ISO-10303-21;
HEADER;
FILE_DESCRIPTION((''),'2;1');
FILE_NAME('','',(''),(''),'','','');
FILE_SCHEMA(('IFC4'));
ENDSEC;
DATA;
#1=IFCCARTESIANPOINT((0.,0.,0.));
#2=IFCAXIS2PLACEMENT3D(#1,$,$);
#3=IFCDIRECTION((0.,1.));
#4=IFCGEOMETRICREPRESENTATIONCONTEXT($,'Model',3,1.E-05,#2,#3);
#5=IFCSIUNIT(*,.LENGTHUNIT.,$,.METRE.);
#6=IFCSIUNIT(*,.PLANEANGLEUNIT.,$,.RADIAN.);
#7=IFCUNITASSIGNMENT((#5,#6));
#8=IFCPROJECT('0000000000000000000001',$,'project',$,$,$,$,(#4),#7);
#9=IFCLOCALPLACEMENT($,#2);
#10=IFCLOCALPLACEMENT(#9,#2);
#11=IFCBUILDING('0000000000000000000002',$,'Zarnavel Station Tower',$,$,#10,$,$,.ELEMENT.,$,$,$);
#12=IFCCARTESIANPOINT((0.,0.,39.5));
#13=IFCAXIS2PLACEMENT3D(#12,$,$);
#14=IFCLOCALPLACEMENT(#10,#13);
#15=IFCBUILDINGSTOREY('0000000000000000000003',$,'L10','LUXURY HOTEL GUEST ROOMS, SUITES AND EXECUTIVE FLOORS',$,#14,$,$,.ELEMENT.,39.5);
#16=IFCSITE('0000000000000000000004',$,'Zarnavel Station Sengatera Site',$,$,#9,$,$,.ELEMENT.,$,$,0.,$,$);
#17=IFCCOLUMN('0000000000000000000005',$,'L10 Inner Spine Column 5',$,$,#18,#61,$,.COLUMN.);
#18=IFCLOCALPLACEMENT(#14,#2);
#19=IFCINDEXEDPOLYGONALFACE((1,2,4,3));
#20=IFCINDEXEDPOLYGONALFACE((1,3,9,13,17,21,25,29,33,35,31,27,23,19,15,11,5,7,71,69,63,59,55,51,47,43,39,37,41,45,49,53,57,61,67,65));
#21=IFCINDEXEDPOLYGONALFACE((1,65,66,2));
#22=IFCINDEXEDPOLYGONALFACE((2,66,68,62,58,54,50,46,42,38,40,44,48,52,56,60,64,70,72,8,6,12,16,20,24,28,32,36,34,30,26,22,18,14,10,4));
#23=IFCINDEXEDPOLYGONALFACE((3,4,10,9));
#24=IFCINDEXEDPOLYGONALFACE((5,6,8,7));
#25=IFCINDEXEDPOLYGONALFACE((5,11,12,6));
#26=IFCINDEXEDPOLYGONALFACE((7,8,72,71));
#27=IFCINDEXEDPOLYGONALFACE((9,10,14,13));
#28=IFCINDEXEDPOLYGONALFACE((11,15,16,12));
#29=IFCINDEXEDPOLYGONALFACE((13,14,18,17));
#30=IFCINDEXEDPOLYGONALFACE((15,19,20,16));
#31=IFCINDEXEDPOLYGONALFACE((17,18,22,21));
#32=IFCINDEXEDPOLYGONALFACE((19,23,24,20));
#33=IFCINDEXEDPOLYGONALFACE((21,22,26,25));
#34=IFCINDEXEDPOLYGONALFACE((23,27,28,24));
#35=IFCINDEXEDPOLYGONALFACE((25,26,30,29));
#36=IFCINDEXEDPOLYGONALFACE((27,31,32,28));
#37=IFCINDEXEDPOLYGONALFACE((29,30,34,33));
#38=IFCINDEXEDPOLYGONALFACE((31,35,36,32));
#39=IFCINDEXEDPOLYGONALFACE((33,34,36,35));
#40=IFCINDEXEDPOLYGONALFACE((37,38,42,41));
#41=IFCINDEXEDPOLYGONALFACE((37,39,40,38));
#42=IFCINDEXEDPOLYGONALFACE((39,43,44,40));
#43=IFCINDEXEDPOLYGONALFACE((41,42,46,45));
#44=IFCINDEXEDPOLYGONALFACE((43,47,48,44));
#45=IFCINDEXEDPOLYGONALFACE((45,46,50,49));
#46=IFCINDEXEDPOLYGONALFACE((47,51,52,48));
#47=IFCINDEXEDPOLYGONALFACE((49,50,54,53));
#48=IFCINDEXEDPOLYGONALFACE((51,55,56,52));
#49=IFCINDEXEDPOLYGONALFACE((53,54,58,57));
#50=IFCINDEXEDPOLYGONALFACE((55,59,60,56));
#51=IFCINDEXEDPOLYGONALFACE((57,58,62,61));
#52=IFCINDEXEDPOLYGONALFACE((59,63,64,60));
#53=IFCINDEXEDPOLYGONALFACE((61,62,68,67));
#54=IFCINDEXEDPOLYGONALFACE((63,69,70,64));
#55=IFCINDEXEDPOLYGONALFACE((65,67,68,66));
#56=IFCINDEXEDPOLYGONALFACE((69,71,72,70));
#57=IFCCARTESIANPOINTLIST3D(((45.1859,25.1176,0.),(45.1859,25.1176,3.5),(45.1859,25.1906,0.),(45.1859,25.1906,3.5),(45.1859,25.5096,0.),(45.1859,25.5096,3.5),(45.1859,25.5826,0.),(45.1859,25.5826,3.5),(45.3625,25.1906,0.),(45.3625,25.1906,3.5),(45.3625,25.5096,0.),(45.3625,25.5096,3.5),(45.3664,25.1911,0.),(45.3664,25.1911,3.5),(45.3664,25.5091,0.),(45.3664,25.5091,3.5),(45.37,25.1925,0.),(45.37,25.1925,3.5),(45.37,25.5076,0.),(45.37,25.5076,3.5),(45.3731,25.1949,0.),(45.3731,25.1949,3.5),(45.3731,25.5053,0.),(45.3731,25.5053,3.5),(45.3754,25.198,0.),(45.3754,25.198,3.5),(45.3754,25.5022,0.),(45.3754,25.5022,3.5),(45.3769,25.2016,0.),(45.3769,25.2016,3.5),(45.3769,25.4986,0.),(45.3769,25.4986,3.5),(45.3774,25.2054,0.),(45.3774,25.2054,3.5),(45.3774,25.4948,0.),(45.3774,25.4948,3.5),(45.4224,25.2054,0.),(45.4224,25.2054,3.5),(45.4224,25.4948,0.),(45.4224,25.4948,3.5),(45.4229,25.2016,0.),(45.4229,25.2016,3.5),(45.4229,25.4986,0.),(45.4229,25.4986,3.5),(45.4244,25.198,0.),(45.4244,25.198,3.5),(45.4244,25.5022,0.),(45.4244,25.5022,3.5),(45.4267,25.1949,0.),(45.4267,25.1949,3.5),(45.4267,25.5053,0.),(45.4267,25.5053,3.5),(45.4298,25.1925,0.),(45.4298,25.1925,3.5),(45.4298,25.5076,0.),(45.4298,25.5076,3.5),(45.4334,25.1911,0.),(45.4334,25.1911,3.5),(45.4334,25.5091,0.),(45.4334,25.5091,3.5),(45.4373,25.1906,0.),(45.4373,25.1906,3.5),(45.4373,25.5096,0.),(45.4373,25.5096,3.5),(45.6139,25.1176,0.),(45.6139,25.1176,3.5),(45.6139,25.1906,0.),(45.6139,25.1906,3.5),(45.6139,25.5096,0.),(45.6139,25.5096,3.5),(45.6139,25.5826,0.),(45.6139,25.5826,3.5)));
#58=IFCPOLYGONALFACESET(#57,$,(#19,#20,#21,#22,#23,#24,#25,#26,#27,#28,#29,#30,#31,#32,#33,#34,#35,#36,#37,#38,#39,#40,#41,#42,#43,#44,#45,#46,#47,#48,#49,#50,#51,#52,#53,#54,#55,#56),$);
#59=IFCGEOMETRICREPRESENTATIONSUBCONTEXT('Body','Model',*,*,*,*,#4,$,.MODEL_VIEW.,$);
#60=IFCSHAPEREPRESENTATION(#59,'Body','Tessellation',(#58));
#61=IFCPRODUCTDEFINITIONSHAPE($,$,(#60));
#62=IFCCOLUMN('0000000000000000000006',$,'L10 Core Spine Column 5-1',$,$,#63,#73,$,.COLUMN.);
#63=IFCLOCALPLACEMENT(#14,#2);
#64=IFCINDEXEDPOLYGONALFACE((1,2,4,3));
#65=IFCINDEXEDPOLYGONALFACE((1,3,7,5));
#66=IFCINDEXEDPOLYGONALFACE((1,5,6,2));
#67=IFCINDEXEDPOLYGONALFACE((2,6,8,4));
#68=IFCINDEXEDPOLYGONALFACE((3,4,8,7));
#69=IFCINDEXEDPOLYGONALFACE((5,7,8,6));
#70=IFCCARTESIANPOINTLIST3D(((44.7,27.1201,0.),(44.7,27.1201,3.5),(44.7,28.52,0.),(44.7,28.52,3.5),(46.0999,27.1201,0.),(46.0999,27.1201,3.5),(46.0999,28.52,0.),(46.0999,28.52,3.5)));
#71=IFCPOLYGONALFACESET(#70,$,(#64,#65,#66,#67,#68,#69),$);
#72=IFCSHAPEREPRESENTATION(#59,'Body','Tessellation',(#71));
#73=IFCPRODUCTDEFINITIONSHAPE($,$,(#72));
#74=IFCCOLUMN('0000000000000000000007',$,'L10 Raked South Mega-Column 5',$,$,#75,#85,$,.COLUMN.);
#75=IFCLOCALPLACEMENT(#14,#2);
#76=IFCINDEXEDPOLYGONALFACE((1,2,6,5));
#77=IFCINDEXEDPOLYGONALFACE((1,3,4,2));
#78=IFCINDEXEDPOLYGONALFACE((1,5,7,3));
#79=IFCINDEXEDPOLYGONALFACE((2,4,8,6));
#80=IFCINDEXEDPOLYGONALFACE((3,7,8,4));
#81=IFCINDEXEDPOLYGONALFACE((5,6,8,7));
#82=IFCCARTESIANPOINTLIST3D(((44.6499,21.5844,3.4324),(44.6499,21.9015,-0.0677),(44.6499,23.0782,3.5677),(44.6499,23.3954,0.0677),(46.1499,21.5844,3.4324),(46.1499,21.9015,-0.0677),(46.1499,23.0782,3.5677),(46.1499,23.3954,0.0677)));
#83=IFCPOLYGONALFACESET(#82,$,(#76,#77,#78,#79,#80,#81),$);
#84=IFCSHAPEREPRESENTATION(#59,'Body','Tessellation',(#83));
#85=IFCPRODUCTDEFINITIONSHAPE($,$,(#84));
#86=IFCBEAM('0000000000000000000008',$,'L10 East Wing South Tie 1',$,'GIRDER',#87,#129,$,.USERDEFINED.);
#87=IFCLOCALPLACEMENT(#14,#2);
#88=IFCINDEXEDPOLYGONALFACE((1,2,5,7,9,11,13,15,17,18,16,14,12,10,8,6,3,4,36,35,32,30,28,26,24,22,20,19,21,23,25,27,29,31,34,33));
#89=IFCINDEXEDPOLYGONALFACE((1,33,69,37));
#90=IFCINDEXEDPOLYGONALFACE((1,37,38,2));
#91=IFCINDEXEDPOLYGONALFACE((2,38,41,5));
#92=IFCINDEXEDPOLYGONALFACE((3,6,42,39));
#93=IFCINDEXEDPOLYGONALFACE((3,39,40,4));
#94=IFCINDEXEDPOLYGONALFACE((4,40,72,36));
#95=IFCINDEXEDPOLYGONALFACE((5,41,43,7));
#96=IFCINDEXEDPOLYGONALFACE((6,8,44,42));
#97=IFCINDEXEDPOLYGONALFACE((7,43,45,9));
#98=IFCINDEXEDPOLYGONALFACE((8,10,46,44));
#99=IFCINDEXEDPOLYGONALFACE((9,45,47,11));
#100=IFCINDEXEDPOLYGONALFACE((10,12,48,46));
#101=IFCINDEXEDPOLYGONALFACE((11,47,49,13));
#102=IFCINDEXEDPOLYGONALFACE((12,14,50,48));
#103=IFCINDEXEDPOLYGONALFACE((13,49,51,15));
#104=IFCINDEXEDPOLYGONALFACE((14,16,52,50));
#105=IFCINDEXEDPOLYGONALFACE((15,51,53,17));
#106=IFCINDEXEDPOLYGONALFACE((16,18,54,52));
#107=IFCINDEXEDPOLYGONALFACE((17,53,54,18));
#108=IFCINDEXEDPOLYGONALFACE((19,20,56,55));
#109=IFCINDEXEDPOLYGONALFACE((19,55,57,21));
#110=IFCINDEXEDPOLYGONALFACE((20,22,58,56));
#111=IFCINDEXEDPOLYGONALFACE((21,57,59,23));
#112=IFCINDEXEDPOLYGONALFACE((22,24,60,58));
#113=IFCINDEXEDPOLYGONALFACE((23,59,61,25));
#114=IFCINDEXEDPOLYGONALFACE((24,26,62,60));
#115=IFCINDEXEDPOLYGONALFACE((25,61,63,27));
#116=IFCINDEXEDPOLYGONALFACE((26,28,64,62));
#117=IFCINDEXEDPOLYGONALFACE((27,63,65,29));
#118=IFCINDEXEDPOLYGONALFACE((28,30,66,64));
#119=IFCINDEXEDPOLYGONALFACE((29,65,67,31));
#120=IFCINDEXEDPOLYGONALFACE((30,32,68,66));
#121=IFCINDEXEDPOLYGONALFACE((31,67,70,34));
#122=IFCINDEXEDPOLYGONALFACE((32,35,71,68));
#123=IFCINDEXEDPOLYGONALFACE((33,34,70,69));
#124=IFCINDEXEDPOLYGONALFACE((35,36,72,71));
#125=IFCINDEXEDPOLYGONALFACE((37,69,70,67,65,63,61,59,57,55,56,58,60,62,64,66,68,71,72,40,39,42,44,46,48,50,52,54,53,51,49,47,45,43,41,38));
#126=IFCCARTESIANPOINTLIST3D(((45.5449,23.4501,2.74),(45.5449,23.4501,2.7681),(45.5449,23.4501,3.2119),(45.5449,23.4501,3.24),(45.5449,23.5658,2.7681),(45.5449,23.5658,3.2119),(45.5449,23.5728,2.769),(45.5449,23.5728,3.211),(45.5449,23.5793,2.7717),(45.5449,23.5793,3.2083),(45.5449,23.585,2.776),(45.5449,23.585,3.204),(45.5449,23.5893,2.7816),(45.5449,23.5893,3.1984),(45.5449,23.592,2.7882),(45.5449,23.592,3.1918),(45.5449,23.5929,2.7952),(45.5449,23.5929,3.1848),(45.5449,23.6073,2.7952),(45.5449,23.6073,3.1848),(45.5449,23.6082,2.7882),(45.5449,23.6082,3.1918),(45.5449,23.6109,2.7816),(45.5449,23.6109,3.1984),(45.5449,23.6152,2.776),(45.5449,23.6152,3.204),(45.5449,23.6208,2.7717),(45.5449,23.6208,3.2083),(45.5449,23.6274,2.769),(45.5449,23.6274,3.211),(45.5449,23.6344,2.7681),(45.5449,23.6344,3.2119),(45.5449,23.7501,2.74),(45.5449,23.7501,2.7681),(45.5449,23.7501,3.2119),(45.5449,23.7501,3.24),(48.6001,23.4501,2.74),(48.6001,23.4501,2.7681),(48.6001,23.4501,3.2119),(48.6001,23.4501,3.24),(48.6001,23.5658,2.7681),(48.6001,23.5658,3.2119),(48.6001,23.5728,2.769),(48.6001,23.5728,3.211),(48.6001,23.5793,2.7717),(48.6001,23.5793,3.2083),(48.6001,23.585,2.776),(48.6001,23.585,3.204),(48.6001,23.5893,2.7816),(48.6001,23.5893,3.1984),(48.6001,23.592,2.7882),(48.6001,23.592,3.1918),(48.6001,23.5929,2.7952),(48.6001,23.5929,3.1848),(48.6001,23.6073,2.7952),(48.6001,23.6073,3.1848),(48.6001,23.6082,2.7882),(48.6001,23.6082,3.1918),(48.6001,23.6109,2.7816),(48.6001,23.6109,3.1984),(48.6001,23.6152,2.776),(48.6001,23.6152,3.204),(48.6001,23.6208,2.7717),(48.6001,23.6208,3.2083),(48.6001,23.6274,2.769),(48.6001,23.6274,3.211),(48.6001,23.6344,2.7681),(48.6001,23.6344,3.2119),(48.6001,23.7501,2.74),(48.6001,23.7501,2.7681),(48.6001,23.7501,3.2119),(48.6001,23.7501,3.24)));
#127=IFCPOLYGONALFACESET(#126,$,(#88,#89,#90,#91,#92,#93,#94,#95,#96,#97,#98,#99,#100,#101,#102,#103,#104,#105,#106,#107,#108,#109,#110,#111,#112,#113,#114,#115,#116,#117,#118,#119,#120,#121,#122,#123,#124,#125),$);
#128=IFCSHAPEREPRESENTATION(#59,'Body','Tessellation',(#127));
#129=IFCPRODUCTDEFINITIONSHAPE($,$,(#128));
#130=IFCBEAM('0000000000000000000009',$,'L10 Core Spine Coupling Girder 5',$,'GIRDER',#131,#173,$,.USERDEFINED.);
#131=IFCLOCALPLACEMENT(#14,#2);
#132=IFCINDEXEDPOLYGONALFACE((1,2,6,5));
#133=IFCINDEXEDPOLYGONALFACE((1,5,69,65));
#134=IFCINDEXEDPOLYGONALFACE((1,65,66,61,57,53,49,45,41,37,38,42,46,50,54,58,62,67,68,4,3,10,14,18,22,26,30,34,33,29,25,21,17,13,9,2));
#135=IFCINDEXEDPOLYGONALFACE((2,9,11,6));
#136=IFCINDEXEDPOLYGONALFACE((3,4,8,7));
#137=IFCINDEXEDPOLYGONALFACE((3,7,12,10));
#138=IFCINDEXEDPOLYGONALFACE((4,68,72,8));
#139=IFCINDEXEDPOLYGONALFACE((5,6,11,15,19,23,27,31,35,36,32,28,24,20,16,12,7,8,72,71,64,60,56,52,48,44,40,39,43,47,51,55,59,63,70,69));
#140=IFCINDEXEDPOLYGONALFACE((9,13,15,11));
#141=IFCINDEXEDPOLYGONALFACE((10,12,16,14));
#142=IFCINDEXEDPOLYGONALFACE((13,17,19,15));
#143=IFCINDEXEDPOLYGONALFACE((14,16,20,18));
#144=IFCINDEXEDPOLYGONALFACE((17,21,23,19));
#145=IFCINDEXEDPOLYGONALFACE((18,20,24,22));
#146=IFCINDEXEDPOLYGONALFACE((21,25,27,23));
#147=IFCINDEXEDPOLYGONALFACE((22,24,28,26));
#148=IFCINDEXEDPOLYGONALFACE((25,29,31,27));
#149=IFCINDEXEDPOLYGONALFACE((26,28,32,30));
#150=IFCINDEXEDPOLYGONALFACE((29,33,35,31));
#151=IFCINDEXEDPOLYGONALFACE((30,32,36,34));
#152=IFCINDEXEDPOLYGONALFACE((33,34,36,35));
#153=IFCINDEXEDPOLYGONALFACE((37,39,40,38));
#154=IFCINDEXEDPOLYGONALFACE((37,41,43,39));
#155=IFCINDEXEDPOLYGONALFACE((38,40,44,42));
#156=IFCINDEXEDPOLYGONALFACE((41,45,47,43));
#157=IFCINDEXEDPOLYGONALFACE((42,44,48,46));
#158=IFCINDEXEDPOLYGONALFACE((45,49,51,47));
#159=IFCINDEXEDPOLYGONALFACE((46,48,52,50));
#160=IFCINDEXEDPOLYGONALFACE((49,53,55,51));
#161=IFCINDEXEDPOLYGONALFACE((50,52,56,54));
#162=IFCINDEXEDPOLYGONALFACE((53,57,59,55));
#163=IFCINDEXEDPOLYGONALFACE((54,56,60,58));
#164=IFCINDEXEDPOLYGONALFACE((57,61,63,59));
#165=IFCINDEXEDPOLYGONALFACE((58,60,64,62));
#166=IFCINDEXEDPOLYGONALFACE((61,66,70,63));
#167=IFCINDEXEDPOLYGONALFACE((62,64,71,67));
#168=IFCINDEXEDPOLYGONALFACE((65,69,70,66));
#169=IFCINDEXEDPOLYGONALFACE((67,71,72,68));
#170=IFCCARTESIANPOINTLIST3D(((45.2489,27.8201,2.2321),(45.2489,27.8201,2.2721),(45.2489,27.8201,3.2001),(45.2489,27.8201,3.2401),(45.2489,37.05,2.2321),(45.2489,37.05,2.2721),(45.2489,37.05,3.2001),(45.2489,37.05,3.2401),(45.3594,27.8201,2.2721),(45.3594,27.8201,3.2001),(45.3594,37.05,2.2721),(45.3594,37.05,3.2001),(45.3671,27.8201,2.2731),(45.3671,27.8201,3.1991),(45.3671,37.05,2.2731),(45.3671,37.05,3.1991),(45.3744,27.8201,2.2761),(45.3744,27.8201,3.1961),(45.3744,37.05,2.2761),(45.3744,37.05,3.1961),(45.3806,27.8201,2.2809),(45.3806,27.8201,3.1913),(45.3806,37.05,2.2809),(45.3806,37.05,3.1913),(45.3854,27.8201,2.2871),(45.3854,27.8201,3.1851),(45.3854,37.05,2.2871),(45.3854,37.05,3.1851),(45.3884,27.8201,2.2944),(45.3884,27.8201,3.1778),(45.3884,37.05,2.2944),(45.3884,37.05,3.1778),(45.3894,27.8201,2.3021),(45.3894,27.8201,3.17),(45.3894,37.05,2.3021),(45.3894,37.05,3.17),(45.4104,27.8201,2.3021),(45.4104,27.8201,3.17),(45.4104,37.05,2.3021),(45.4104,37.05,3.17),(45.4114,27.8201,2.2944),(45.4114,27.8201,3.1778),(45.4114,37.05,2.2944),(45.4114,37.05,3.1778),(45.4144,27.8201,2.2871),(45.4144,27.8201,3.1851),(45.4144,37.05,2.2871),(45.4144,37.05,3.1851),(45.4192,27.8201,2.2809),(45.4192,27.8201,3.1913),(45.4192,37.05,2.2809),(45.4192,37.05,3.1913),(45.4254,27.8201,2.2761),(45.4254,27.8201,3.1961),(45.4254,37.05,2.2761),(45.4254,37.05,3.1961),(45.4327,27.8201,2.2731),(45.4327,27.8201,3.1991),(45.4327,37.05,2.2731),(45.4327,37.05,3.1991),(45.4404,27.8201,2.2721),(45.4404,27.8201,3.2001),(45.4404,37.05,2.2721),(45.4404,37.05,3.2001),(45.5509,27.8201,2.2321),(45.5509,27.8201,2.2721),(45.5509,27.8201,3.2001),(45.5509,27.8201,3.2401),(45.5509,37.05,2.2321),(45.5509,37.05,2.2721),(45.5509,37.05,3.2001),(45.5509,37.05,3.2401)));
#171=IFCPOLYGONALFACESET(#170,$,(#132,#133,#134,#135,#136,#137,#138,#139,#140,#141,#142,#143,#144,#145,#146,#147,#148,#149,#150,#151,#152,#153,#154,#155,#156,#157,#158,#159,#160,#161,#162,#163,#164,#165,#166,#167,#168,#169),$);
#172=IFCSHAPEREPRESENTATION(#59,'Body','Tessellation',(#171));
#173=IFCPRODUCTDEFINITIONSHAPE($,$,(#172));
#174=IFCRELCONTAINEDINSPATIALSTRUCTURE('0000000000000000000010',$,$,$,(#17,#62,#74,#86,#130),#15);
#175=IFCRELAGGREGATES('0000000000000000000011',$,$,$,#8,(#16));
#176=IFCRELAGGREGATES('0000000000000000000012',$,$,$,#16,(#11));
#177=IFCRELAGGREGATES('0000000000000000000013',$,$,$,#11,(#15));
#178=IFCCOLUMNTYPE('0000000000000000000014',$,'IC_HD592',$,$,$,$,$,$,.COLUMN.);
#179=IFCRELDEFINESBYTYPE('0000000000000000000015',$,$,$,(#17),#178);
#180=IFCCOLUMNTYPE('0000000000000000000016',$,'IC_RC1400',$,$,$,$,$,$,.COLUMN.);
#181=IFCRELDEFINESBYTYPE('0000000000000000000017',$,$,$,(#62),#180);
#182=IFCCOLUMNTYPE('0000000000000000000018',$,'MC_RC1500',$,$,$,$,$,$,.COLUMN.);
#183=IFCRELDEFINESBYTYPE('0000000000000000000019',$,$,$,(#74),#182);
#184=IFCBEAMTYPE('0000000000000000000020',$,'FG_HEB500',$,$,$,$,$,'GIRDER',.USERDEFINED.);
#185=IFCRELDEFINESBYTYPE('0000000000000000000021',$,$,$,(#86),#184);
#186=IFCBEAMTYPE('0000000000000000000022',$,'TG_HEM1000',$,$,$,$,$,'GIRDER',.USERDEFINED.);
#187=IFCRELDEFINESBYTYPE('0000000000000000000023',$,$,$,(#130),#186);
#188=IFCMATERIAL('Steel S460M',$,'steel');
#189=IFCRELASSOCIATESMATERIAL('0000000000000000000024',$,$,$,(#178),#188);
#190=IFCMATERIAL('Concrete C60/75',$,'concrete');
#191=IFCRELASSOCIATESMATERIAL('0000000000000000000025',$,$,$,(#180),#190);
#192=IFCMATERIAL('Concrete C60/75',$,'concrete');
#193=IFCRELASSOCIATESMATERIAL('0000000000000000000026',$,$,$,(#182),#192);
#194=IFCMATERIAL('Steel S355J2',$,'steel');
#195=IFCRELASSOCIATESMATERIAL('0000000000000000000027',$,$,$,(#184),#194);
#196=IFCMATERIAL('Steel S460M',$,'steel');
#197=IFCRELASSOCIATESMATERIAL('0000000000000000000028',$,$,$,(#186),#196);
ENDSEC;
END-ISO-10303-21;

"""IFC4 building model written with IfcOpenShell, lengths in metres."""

from ifc_helpers import new_model, si_unit, direction, frame, origin, origin_2d, place, context, subcontext, project, spatial, rectangle, i_section, extrude, material, material_profile, profile_set, type_object, element, save


model = new_model("IFC4")

# Units and contexts
model_context = context("Model", 3, precision=1e-05, world=origin(), true_north=direction((0.0, 1.0)))
body_context = subcontext(model_context, "Body", "Model", "MODEL_VIEW")
ifc_project = project(units=[si_unit("LENGTHUNIT", "METRE"), si_unit("PLANEANGLEUNIT", "RADIAN")], contexts=[model_context])

# Site, building, storey
site_placement = place(None, origin())
site = spatial("IfcSite", under=ifc_project, at=site_placement, Name="Zarnavel Station Sengatera Site", CompositionType="ELEMENT", RefElevation=0.0)
building_placement = place(site_placement, origin())
building = spatial("IfcBuilding", under=site, at=building_placement, Name="Zarnavel Station Tower", CompositionType="ELEMENT")
storey_placement = place(building_placement, frame((0.0, 0.0, 39.5)))
storey = spatial("IfcBuildingStorey", under=building, at=storey_placement, Name="L10", Description="LUXURY HOTEL GUEST ROOMS, SUITES AND EXECUTIVE FLOORS", CompositionType="ELEMENT", Elevation=39.5)

# Columns
ifc_material_1 = material(Name="Steel S460M", Category="steel")
ifc_material_profile_1 = material_profile(ifc_material_1, i_section(OverallWidth=0.428, OverallDepth=0.4651, WebThickness=0.0449, FlangeThickness=0.073, FilletRadius=0.0149, at=origin_2d()), Name="HD400x592")
ifc_profile_set_1 = profile_set([ifc_material_profile_1], Name="Steel S460M")
column_type_1 = type_object("IfcColumnType", Name="IC_HD592", PredefinedType="COLUMN", material=ifc_profile_set_1)
column_1_placement = place(storey_placement, frame((45.3999, 25.3501, 0.0), z_axis=(0.0, 0.0, 1.0), x_axis=(1.0, 0.0, 0.0)))
element("IfcColumn", 1, at=column_1_placement, inside=storey, type_object=column_type_1, Name="L10 Inner Spine Column 5", PredefinedType="COLUMN", context=body_context, shape_type="SweptSolid", body=[
    extrude(i_section(OverallWidth=0.428, OverallDepth=0.4651, WebThickness=0.0449, FlangeThickness=0.073, FilletRadius=0.0149, at=origin_2d()), origin(), (0.0, 0.0, 1.0), 3.5),
])
ifc_material_2 = material(Name="Concrete C60/75", Category="concrete")
ifc_material_profile_2 = material_profile(ifc_material_2, rectangle(XDim=1.3999, YDim=1.3999, at=origin_2d()), Name="RC1400x1400")
ifc_profile_set_2 = profile_set([ifc_material_profile_2], Name="Concrete C60/75")
column_type_2 = type_object("IfcColumnType", Name="IC_RC1400", PredefinedType="COLUMN", material=ifc_profile_set_2)
column_2_placement = place(storey_placement, frame((45.3999, 27.8201, 0.0), z_axis=(0.0, 0.0, 1.0), x_axis=(1.0, 0.0, 0.0)))
element("IfcColumn", 2, at=column_2_placement, inside=storey, type_object=column_type_2, Name="L10 Core Spine Column 5-1", PredefinedType="COLUMN", context=body_context, shape_type="SweptSolid", body=[
    extrude(rectangle(XDim=1.3999, YDim=1.3999, at=origin_2d()), origin(), (0.0, 0.0, 1.0), 3.5),
])
ifc_material_3 = material(Name="Concrete C60/75", Category="concrete")
ifc_material_profile_3 = material_profile(ifc_material_3, rectangle(XDim=1.5, YDim=1.5, at=origin_2d()), Name="RC1500x1500")
ifc_profile_set_3 = profile_set([ifc_material_profile_3], Name="Concrete C60/75")
column_type_3 = type_object("IfcColumnType", Name="MC_RC1500", PredefinedType="COLUMN", material=ifc_profile_set_3)
column_3_placement = place(storey_placement, frame((45.3999, 22.6484, 0.0), z_axis=(0.0, -0.090241, 0.99592), x_axis=(1.0, 0.0, 0.0)))
element("IfcColumn", 3, at=column_3_placement, inside=storey, type_object=column_type_3, Name="L10 Raked South Mega-Column 5", PredefinedType="COLUMN", context=body_context, shape_type="SweptSolid", body=[
    extrude(rectangle(XDim=1.5, YDim=1.5, at=origin_2d()), origin(), (0.0, 0.0, 1.0), 3.5144),
])

# Beams
ifc_material_4 = material(Name="Steel S355J2", Category="steel")
ifc_material_profile_4 = material_profile(ifc_material_4, i_section(OverallWidth=0.3, OverallDepth=0.5, WebThickness=0.0144, FlangeThickness=0.0281, FilletRadius=0.0271, at=origin_2d()), Name="HEB500")
ifc_profile_set_4 = profile_set([ifc_material_profile_4], Name="Steel S355J2")
beam_type_1 = type_object("IfcBeamType", Name="FG_HEB500", ElementType="GIRDER", PredefinedType="USERDEFINED", material=ifc_profile_set_4)
beam_1_placement = place(storey_placement, frame((45.5449, 23.6001, 2.99), z_axis=(1.0, 0.0, 0.0), x_axis=(0.0, 1.0, 0.0)))
element("IfcBeam", 4, at=beam_1_placement, inside=storey, type_object=beam_type_1, Name="L10 East Wing South Tie 1", ObjectType="GIRDER", PredefinedType="USERDEFINED", context=body_context, shape_type="SweptSolid", body=[
    extrude(i_section(OverallWidth=0.3, OverallDepth=0.5, WebThickness=0.0144, FlangeThickness=0.0281, FilletRadius=0.0271, at=origin_2d()), origin(), (0.0, 0.0, 1.0), 3.0552),
])
ifc_material_5 = material(Name="Steel S460M", Category="steel")
ifc_material_profile_5 = material_profile(ifc_material_5, i_section(OverallWidth=0.302, OverallDepth=1.0081, WebThickness=0.021, FlangeThickness=0.04, FilletRadius=0.03, at=origin_2d()), Name="HEM1000")
ifc_profile_set_5 = profile_set([ifc_material_profile_5], Name="Steel S460M")
beam_type_2 = type_object("IfcBeamType", Name="TG_HEM1000", ElementType="GIRDER", PredefinedType="USERDEFINED", material=ifc_profile_set_5)
beam_2_placement = place(storey_placement, frame((45.3999, 27.8201, 2.7361), z_axis=(0.0, 1.0, 0.0), x_axis=(-1.0, 0.0, 0.0)))
element("IfcBeam", 5, at=beam_2_placement, inside=storey, type_object=beam_type_2, Name="L10 Core Spine Coupling Girder 5", ObjectType="GIRDER", PredefinedType="USERDEFINED", context=body_context, shape_type="SweptSolid", body=[
    extrude(i_section(OverallWidth=0.302, OverallDepth=1.0081, WebThickness=0.021, FlangeThickness=0.04, FilletRadius=0.03, at=origin_2d()), origin(), (0.0, 0.0, 1.0), 9.23),
])

save(model, "model.ifc")
